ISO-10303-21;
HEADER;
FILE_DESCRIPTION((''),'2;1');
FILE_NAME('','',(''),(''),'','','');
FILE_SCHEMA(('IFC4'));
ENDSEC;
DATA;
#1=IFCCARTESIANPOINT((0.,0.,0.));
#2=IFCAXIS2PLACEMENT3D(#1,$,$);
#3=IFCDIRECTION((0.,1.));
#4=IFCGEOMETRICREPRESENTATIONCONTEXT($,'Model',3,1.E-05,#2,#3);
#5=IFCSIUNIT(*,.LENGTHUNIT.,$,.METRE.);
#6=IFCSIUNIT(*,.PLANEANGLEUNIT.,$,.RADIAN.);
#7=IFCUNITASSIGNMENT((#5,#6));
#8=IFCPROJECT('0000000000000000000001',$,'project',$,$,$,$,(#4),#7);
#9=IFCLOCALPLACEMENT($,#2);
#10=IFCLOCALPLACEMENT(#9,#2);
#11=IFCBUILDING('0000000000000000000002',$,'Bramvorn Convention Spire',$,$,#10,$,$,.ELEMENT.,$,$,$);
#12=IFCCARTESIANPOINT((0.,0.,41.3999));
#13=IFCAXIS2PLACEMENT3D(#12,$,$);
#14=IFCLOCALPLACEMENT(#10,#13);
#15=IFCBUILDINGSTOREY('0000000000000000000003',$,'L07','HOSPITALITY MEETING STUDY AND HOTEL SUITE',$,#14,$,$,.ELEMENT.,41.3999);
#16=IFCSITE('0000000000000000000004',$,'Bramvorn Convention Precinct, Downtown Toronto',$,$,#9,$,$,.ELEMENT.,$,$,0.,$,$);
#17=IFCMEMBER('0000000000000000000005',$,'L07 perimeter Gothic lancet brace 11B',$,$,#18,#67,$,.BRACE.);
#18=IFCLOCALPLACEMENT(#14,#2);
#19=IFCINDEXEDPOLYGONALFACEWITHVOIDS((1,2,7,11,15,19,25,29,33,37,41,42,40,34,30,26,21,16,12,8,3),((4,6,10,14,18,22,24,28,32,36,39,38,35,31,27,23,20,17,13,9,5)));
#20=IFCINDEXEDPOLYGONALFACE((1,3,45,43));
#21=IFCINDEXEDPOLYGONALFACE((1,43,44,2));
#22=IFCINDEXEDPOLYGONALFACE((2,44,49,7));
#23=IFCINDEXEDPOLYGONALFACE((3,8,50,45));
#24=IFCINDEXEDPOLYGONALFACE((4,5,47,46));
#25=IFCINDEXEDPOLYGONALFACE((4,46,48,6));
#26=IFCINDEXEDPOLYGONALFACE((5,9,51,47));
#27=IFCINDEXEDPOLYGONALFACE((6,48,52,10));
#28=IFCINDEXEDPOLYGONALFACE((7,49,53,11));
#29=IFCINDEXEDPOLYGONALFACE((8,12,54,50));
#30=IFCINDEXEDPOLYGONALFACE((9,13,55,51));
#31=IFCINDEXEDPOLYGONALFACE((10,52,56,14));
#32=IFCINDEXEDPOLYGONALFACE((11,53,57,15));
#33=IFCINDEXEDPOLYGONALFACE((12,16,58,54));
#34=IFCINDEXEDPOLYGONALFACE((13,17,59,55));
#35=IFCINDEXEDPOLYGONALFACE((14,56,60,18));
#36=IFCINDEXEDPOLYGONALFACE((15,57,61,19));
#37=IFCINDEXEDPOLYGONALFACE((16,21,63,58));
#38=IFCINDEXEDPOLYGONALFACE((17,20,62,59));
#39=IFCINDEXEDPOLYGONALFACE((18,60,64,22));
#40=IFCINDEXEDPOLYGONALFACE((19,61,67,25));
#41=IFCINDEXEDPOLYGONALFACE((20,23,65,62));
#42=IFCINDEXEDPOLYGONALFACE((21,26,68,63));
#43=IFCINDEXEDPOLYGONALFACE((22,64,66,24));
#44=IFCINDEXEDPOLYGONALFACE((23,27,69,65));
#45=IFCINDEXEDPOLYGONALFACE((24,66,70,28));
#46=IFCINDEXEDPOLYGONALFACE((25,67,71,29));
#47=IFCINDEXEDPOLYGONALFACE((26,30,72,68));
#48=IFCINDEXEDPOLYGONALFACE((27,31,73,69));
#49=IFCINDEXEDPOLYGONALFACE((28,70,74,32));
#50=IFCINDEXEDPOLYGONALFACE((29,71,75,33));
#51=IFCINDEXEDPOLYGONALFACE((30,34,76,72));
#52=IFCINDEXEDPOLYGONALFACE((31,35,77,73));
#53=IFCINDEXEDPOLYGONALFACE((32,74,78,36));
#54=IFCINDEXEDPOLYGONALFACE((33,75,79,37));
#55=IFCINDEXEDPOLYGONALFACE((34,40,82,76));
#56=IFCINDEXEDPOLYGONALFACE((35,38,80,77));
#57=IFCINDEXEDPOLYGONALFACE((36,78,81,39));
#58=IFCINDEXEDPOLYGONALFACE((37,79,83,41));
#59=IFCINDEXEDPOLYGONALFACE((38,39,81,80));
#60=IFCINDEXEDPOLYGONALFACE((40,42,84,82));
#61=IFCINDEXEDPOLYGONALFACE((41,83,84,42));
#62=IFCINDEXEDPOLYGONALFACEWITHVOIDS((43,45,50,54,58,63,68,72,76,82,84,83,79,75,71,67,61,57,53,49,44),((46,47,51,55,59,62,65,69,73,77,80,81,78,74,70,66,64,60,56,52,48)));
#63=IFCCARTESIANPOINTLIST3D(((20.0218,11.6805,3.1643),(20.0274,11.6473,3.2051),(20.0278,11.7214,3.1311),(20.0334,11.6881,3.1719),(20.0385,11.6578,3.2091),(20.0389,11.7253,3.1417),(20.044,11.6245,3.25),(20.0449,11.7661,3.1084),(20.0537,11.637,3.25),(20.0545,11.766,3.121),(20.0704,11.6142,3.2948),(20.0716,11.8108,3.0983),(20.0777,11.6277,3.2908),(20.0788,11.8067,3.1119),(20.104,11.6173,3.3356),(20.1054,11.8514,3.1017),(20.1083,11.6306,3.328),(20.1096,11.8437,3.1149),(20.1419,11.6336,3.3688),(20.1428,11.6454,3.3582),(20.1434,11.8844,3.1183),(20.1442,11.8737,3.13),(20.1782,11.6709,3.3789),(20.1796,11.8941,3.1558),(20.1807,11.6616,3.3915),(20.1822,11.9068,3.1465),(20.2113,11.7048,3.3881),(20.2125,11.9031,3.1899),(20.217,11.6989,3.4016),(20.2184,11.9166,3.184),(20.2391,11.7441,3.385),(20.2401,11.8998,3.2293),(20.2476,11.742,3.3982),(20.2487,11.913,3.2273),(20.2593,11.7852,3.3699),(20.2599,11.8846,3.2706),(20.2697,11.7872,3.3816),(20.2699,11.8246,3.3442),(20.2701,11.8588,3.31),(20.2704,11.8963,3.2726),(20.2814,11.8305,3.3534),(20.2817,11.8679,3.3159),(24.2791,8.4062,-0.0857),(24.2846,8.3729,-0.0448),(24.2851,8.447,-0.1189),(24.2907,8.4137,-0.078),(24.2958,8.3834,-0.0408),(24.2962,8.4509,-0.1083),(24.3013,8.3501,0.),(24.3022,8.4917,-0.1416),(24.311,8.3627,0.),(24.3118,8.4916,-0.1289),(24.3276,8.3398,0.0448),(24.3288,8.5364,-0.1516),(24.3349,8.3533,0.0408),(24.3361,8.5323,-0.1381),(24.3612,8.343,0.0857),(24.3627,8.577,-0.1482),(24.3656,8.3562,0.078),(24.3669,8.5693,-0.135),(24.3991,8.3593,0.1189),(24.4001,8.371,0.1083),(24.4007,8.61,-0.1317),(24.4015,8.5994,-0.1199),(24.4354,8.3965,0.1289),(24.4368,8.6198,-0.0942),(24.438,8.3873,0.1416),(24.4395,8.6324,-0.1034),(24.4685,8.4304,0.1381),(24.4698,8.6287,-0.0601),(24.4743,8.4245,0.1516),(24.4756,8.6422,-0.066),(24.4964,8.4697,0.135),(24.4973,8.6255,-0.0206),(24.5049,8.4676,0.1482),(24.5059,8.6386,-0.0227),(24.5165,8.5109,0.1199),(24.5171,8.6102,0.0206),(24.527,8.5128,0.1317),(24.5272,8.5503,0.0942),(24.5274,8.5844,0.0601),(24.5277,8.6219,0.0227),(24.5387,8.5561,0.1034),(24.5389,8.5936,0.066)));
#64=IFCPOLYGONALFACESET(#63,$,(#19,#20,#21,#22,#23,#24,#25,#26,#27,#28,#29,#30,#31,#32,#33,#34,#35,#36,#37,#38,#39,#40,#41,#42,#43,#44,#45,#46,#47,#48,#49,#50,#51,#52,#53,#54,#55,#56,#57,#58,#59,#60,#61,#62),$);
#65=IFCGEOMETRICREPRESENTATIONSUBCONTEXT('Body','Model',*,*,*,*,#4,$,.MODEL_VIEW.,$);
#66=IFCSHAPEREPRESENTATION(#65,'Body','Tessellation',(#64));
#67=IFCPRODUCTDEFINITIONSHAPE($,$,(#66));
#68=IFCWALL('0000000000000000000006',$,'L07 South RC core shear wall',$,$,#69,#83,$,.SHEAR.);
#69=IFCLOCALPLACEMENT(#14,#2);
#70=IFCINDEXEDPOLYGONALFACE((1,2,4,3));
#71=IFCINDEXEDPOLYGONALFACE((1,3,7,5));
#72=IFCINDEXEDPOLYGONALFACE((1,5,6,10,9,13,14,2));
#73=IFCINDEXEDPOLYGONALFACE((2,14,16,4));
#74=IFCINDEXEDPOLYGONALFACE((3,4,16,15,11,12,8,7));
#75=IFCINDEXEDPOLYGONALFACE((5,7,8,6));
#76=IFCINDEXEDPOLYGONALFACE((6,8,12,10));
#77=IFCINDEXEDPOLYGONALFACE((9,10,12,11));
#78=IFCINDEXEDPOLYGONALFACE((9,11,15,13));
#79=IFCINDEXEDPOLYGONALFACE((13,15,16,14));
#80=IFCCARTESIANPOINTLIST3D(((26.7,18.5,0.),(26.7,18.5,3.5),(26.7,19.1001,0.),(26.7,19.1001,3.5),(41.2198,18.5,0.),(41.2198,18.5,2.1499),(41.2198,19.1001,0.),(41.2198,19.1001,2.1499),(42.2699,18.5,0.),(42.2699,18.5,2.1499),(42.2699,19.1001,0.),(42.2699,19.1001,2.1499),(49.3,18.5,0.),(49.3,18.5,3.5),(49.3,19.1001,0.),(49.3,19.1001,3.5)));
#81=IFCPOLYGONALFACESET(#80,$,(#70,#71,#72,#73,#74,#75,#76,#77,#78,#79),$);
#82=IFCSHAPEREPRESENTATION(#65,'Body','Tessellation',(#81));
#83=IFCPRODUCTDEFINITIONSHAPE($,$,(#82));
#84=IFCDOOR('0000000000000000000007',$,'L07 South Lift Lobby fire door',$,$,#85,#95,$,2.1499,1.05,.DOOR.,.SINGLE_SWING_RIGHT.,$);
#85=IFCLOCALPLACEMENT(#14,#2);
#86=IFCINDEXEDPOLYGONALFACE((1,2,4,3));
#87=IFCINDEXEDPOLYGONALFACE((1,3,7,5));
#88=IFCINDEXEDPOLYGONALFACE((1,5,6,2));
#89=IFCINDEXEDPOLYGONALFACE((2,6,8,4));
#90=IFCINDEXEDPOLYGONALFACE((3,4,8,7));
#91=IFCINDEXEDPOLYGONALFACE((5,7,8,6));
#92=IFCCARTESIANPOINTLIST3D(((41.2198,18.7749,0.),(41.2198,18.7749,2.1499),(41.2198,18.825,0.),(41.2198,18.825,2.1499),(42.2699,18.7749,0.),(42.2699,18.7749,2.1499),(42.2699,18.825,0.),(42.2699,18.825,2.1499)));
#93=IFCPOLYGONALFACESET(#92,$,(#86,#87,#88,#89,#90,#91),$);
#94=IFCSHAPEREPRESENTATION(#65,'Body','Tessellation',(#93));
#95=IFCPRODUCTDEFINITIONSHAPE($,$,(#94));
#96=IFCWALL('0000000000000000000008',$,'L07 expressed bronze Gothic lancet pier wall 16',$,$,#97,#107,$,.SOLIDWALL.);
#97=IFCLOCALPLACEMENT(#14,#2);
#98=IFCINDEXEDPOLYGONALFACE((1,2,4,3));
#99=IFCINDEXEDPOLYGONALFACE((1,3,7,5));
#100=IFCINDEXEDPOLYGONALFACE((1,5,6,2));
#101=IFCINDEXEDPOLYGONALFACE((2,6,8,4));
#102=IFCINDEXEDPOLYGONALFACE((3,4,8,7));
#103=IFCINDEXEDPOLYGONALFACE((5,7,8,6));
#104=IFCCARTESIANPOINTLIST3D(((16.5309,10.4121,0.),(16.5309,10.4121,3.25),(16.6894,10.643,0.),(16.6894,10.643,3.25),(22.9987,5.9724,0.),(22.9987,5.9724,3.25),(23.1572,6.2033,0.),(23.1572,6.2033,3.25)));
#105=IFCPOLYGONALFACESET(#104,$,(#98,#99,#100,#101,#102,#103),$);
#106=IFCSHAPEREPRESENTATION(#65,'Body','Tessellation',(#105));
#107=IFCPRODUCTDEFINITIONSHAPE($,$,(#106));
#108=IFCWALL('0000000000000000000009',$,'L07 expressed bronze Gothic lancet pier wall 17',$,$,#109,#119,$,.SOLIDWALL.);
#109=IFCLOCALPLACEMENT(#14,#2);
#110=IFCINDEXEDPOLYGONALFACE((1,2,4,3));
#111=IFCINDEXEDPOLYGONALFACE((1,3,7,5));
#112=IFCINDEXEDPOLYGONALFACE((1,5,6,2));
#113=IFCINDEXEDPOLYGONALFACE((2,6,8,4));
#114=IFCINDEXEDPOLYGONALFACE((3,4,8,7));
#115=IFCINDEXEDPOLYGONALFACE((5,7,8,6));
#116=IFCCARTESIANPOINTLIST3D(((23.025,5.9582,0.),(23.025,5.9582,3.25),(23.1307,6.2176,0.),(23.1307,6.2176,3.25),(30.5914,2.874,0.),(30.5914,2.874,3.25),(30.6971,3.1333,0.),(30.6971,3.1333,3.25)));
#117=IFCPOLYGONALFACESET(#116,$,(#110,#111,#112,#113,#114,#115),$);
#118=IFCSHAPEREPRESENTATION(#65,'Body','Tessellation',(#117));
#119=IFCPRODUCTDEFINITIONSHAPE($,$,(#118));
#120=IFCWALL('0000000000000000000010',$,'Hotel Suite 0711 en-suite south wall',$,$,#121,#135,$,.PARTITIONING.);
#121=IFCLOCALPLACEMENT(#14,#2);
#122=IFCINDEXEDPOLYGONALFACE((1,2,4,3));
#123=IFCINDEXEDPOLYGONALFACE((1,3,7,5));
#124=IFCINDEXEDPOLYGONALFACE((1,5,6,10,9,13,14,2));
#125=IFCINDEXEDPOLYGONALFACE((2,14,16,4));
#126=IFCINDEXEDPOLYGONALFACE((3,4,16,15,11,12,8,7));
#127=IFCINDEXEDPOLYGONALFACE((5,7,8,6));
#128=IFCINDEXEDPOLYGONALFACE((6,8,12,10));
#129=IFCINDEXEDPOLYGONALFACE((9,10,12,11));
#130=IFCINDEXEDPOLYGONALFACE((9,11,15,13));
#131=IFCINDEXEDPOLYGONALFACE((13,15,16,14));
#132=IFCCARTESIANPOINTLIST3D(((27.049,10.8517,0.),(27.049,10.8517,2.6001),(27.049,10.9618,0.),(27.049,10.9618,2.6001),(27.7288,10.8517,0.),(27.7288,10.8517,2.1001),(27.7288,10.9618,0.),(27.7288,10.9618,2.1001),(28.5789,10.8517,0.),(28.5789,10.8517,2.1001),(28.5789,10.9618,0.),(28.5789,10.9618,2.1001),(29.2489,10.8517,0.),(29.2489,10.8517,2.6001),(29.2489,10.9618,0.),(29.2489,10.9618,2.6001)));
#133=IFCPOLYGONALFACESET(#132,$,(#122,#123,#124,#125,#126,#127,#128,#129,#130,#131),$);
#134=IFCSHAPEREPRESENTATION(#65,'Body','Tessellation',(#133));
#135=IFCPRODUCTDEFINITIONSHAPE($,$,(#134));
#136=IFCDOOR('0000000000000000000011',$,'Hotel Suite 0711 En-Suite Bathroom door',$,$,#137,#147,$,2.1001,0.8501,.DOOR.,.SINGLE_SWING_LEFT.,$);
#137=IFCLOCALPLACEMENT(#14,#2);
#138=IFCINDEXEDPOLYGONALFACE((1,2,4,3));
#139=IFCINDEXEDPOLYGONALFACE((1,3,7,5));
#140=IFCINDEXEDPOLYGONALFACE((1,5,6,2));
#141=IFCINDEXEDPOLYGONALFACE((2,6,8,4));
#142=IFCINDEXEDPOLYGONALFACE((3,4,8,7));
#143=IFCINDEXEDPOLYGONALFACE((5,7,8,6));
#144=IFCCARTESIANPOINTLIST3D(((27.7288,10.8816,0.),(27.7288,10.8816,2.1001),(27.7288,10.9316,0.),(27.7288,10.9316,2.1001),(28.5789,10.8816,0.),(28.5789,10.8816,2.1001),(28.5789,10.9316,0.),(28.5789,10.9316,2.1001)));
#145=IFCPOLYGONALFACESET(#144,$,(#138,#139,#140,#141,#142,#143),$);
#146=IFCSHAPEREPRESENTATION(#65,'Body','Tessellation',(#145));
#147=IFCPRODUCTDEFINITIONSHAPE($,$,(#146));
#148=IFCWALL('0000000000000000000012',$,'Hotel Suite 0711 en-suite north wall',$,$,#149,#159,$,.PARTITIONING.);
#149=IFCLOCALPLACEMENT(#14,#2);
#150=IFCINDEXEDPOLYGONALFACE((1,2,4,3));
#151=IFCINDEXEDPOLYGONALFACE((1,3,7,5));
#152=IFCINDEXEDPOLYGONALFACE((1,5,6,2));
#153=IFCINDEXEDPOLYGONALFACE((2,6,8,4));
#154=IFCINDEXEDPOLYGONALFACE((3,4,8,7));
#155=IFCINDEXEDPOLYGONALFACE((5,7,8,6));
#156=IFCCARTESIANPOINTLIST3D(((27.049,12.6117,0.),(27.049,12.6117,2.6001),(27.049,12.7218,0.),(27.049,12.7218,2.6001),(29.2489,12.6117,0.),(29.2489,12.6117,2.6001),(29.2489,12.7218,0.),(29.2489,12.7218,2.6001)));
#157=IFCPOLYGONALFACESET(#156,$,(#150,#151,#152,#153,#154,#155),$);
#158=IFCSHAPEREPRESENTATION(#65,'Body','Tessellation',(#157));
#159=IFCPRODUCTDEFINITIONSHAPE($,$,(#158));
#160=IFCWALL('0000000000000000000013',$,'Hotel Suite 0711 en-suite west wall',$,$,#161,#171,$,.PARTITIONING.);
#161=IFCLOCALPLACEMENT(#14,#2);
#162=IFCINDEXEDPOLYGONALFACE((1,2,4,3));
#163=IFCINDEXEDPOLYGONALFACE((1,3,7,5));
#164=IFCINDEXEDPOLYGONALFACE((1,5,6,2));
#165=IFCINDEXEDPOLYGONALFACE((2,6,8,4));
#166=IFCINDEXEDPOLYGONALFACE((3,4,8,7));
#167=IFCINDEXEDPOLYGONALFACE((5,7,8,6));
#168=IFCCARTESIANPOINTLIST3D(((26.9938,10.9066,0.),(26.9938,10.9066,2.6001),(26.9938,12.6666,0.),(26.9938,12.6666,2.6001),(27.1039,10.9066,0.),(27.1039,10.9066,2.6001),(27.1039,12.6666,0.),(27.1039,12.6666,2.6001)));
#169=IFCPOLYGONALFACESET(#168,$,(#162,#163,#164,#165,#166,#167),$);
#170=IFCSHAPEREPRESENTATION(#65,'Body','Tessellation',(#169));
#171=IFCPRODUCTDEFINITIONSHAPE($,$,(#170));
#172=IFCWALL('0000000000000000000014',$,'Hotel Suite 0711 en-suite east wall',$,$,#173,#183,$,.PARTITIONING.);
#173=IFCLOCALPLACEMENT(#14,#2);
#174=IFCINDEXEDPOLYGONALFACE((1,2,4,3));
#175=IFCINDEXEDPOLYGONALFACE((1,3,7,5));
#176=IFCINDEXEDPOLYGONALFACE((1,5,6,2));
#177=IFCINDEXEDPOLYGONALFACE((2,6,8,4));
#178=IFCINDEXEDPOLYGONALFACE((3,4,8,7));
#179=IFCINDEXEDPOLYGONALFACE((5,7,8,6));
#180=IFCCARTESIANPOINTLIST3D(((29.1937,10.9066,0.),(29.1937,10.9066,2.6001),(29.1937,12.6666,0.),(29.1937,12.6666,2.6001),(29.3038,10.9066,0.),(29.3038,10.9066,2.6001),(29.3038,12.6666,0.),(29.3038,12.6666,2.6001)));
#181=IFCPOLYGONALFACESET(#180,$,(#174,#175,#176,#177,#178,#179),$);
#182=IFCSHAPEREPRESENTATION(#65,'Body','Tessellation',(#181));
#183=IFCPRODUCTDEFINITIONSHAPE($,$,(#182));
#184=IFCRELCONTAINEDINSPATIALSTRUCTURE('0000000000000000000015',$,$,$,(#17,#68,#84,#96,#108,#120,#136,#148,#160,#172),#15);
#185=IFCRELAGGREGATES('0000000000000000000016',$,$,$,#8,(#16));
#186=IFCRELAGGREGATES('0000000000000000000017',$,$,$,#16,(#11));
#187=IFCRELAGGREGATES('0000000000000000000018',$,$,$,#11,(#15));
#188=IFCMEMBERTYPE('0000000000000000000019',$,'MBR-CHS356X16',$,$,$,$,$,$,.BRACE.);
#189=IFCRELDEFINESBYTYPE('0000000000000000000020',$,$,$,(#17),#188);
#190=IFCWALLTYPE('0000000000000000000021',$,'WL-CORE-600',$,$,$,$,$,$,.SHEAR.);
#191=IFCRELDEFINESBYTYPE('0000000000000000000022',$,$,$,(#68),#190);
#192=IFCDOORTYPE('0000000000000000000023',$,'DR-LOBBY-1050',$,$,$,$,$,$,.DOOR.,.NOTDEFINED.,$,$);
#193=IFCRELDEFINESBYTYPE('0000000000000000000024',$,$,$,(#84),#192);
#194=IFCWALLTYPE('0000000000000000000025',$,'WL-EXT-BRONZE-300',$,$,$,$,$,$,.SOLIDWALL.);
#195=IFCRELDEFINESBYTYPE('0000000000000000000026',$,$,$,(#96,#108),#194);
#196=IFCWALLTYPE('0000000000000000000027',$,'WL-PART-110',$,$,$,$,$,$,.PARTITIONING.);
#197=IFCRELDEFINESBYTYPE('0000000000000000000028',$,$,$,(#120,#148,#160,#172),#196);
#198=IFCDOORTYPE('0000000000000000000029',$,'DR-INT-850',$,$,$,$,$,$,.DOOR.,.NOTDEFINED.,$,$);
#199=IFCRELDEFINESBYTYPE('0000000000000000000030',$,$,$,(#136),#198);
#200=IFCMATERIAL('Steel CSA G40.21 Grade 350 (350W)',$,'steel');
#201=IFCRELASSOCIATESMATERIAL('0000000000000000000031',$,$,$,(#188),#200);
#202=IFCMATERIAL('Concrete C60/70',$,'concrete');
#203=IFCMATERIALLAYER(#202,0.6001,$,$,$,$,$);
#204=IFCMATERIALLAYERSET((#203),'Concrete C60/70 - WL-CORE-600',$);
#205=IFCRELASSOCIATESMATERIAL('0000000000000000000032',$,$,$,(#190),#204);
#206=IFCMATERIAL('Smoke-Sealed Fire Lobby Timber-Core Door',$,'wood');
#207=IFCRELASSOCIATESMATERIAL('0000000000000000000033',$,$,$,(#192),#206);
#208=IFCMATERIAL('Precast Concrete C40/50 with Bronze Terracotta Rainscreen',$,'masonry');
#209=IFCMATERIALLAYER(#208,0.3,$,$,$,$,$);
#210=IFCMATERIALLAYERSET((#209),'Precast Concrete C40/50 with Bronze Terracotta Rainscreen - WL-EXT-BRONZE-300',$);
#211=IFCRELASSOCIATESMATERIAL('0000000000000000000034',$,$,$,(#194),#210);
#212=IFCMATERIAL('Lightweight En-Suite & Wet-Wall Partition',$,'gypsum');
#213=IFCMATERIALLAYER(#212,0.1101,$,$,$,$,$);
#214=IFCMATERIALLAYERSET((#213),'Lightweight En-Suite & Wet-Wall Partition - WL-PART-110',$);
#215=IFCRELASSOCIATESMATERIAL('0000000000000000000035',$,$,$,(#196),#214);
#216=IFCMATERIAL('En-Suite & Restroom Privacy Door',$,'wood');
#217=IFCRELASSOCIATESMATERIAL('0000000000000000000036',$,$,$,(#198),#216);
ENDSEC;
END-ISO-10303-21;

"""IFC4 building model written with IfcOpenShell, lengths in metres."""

from ifc_helpers import new_model, si_unit, direction, frame, frame_2d, origin, origin_2d, place, context, subcontext, project, spatial, rectangle, hollow_circle, extrude, material, layer, layer_set, material_profile, profile_set, type_object, element, fill, save


model = new_model("IFC4")

# Units and contexts
model_context = context("Model", 3, precision=1e-05, world=origin(), true_north=direction((0.0, 1.0)))
body_context = subcontext(model_context, "Body", "Model", "MODEL_VIEW")
ifc_project = project(units=[si_unit("LENGTHUNIT", "METRE"), si_unit("PLANEANGLEUNIT", "RADIAN")], contexts=[model_context])

# Site, building, storey
site_placement = place(None, origin())
site = spatial("IfcSite", under=ifc_project, at=site_placement, Name="Bramvorn Convention Precinct, Downtown Toronto", CompositionType="ELEMENT", RefElevation=0.0)
building_placement = place(site_placement, origin())
building = spatial("IfcBuilding", under=site, at=building_placement, Name="Bramvorn Convention Spire", CompositionType="ELEMENT")
storey_placement = place(building_placement, frame((0.0, 0.0, 41.3999)))
storey = spatial("IfcBuildingStorey", under=building, at=storey_placement, Name="L07", Description="HOSPITALITY MEETING STUDY AND HOTEL SUITE", CompositionType="ELEMENT", Elevation=41.3999)

# Shared definitions
ifc_material_1 = material(Name="Steel CSA G40.21 Grade 350 (350W)", Category="steel")

# Member
ifc_material_profile_1 = material_profile(ifc_material_1, hollow_circle(Radius=0.1777, WallThickness=0.0159, at=origin_2d()))
ifc_profile_set_1 = profile_set([ifc_material_profile_1], Name="Steel CSA G40.21 Grade 350 (350W) - CHS356X16")
member_type = type_object("IfcMemberType", Name="MBR-CHS356X16", PredefinedType="BRACE", material=ifc_profile_set_1)
member_placement = place(storey_placement, frame((24.4097, 8.491, 0.0), z_axis=(-0.67817, 0.521597, 0.517708), x_axis=(-0.609658, -0.792665, 0.0)))
element("IfcMember", 1, at=member_placement, inside=storey, type_object=member_type, Name="L07 perimeter Gothic lancet brace 11B", PredefinedType="BRACE", context=body_context, shape_type="SweptSolid", body=[
    extrude(hollow_circle(Radius=0.1777, WallThickness=0.0159, at=origin_2d()), origin(), (0.0, 0.0, 1.0), 6.2776),
])

# Wall, opening, door
ifc_material_2 = material(Name="Concrete C60/70", Category="concrete")
ifc_layer_1 = layer(ifc_material_2, 0.6001)
ifc_layer_set_1 = layer_set([ifc_layer_1], Name="Concrete C60/70 - WL-CORE-600")
wall_type_1 = type_object("IfcWallType", Name="WL-CORE-600", PredefinedType="SHEAR", material=ifc_layer_set_1)
wall_1_placement = place(storey_placement, frame((26.7, 18.8, 0.0), z_axis=(0.0, 0.0, 1.0), x_axis=(1.0, 0.0, 0.0)))
wall_1 = element("IfcWall", 2, at=wall_1_placement, inside=storey, type_object=wall_type_1, Name="L07 South RC core shear wall", PredefinedType="SHEAR", context=body_context, shape_type="SweptSolid", body=[
    extrude(rectangle(XDim=22.6001, YDim=0.6001, at=frame_2d((11.3, 0.0))), origin(), (0.0, 0.0, 1.0), 3.5),
])
opening_1_placement = place(wall_1_placement, frame((14.52, 0.0, 0.0)))
opening_1 = element("IfcOpeningElement", 3, at=opening_1_placement, cuts=wall_1, PredefinedType="OPENING", context=body_context, shape_type="SweptSolid", body=[
    extrude(rectangle(XDim=1.05, YDim=2.1499, at=frame_2d((0.5249, 1.075))), frame((0.0, 0.3101, 0.0), z_axis=(0.0, -1.0, 0.0), x_axis=(1.0, 0.0, 0.0)), (0.0, 0.0, 1.0), 0.6201),
])
ifc_material_3 = material(Name="Smoke-Sealed Fire Lobby Timber-Core Door", Category="wood")
door_type_1 = type_object("IfcDoorType", Name="DR-LOBBY-1050", OperationType="NOTDEFINED", PredefinedType="DOOR", material=ifc_material_3)
door_1_placement = place(opening_1_placement, origin())
door_1 = element("IfcDoor", 4, at=door_1_placement, inside=storey, type_object=door_type_1, Name="L07 South Lift Lobby fire door", OperationType="SINGLE_SWING_RIGHT", OverallHeight=2.1499, OverallWidth=1.05, PredefinedType="DOOR", context=body_context, shape_type="SweptSolid", body=[
    extrude(rectangle(XDim=1.05, YDim=2.1499, at=frame_2d((0.5249, 1.075))), frame((0.0, 0.0249, 0.0), z_axis=(0.0, -1.0, 0.0), x_axis=(1.0, 0.0, 0.0)), (0.0, 0.0, 1.0), 0.05),
])
fill(opening_1, door_1)

# Walls
ifc_material_4 = material(Name="Precast Concrete C40/50 with Bronze Terracotta Rainscreen", Category="masonry")
ifc_layer_2 = layer(ifc_material_4, 0.3)
ifc_layer_set_2 = layer_set([ifc_layer_2], Name="Precast Concrete C40/50 with Bronze Terracotta Rainscreen - WL-EXT-BRONZE-300")
wall_type_2 = type_object("IfcWallType", Name="WL-EXT-BRONZE-300", PredefinedType="SOLIDWALL", material=ifc_layer_set_2)
wall_2_placement = place(storey_placement, frame((23.0779, 6.0879, 0.0), z_axis=(0.0, 0.0, 1.0), x_axis=(-0.824452, 0.565932, 0.0)))
element("IfcWall", 5, at=wall_2_placement, inside=storey, type_object=wall_type_2, Name="L07 expressed bronze Gothic lancet pier wall 16", PredefinedType="SOLIDWALL", context=body_context, shape_type="SweptSolid", body=[
    extrude(rectangle(XDim=7.845, YDim=0.28, at=frame_2d((3.9224, 0.0))), origin(), (0.0, 0.0, 1.0), 3.25),
])
wall_3_placement = place(storey_placement, frame((30.6443, 3.0037, 0.0), z_axis=(0.0, 0.0, 1.0), x_axis=(-0.926023, 0.377467, 0.0)))
element("IfcWall", 6, at=wall_3_placement, inside=storey, type_object=wall_type_2, Name="L07 expressed bronze Gothic lancet pier wall 17", PredefinedType="SOLIDWALL", context=body_context, shape_type="SweptSolid", body=[
    extrude(rectangle(XDim=8.1709, YDim=0.28, at=frame_2d((4.0854, 0.0))), origin(), (0.0, 0.0, 1.0), 3.25),
])

# Wall, opening, door
ifc_material_5 = material(Name="Lightweight En-Suite & Wet-Wall Partition", Category="gypsum")
ifc_layer_3 = layer(ifc_material_5, 0.1101)
ifc_layer_set_3 = layer_set([ifc_layer_3], Name="Lightweight En-Suite & Wet-Wall Partition - WL-PART-110")
wall_type_3 = type_object("IfcWallType", Name="WL-PART-110", PredefinedType="PARTITIONING", material=ifc_layer_set_3)
wall_4_placement = place(storey_placement, frame((27.0488, 10.9067, 0.0), z_axis=(0.0, 0.0, 1.0), x_axis=(1.0, 0.0, 0.0)))
wall_4 = element("IfcWall", 7, at=wall_4_placement, inside=storey, type_object=wall_type_3, Name="Hotel Suite 0711 en-suite south wall", PredefinedType="PARTITIONING", context=body_context, shape_type="SweptSolid", body=[
    extrude(rectangle(XDim=2.2, YDim=0.1101, at=frame_2d((1.1001, 0.0))), origin(), (0.0, 0.0, 1.0), 2.6001),
])
opening_2_placement = place(wall_4_placement, frame((0.6799, 0.0, 0.0)))
opening_2 = element("IfcOpeningElement", 8, at=opening_2_placement, cuts=wall_4, PredefinedType="OPENING", context=body_context, shape_type="SweptSolid", body=[
    extrude(rectangle(XDim=0.8501, YDim=2.1001, at=frame_2d((0.425, 1.05))), frame((0.0, 0.0649, 0.0), z_axis=(0.0, -1.0, 0.0), x_axis=(1.0, 0.0, 0.0)), (0.0, 0.0, 1.0), 0.1301),
])
ifc_material_6 = material(Name="En-Suite & Restroom Privacy Door", Category="wood")
door_type_2 = type_object("IfcDoorType", Name="DR-INT-850", OperationType="NOTDEFINED", PredefinedType="DOOR", material=ifc_material_6)
door_2_placement = place(opening_2_placement, origin())
door_2 = element("IfcDoor", 9, at=door_2_placement, inside=storey, type_object=door_type_2, Name="Hotel Suite 0711 En-Suite Bathroom door", OperationType="SINGLE_SWING_LEFT", OverallHeight=2.1001, OverallWidth=0.8501, PredefinedType="DOOR", context=body_context, shape_type="SweptSolid", body=[
    extrude(rectangle(XDim=0.8501, YDim=2.1001, at=frame_2d((0.425, 1.05))), frame((0.0, 0.0249, 0.0), z_axis=(0.0, -1.0, 0.0), x_axis=(1.0, 0.0, 0.0)), (0.0, 0.0, 1.0), 0.05),
])
fill(opening_2, door_2)

# Walls
wall_5_placement = place(storey_placement, frame((27.0488, 12.6667, 0.0), z_axis=(0.0, 0.0, 1.0), x_axis=(1.0, 0.0, 0.0)))
element("IfcWall", 10, at=wall_5_placement, inside=storey, type_object=wall_type_3, Name="Hotel Suite 0711 en-suite north wall", PredefinedType="PARTITIONING", context=body_context, shape_type="SweptSolid", body=[
    extrude(rectangle(XDim=2.2, YDim=0.1101, at=frame_2d((1.1001, 0.0))), origin(), (0.0, 0.0, 1.0), 2.6001),
])
for number, where, z_axis, x_axis, name in (
    (11, (27.0488, 10.9067, 0.0), (0.0, 0.0, 1.0), (0.0, 1.0, 0.0), "Hotel Suite 0711 en-suite west wall"),
    (12, (29.2488, 10.9067, 0.0), (0.0, 0.0, 1.0), (0.0, 1.0, 0.0), "Hotel Suite 0711 en-suite east wall"),
):
    element("IfcWall", number, at=place(storey_placement, frame(where, z_axis=z_axis, x_axis=x_axis)), inside=storey, type_object=wall_type_3, Name=name, PredefinedType="PARTITIONING", context=body_context, shape_type="SweptSolid", body=[
        extrude(rectangle(XDim=1.76, YDim=0.1101, at=frame_2d((0.8799, 0.0))), origin(), (0.0, 0.0, 1.0), 2.6001),
    ])

save(model, "model.ifc")
